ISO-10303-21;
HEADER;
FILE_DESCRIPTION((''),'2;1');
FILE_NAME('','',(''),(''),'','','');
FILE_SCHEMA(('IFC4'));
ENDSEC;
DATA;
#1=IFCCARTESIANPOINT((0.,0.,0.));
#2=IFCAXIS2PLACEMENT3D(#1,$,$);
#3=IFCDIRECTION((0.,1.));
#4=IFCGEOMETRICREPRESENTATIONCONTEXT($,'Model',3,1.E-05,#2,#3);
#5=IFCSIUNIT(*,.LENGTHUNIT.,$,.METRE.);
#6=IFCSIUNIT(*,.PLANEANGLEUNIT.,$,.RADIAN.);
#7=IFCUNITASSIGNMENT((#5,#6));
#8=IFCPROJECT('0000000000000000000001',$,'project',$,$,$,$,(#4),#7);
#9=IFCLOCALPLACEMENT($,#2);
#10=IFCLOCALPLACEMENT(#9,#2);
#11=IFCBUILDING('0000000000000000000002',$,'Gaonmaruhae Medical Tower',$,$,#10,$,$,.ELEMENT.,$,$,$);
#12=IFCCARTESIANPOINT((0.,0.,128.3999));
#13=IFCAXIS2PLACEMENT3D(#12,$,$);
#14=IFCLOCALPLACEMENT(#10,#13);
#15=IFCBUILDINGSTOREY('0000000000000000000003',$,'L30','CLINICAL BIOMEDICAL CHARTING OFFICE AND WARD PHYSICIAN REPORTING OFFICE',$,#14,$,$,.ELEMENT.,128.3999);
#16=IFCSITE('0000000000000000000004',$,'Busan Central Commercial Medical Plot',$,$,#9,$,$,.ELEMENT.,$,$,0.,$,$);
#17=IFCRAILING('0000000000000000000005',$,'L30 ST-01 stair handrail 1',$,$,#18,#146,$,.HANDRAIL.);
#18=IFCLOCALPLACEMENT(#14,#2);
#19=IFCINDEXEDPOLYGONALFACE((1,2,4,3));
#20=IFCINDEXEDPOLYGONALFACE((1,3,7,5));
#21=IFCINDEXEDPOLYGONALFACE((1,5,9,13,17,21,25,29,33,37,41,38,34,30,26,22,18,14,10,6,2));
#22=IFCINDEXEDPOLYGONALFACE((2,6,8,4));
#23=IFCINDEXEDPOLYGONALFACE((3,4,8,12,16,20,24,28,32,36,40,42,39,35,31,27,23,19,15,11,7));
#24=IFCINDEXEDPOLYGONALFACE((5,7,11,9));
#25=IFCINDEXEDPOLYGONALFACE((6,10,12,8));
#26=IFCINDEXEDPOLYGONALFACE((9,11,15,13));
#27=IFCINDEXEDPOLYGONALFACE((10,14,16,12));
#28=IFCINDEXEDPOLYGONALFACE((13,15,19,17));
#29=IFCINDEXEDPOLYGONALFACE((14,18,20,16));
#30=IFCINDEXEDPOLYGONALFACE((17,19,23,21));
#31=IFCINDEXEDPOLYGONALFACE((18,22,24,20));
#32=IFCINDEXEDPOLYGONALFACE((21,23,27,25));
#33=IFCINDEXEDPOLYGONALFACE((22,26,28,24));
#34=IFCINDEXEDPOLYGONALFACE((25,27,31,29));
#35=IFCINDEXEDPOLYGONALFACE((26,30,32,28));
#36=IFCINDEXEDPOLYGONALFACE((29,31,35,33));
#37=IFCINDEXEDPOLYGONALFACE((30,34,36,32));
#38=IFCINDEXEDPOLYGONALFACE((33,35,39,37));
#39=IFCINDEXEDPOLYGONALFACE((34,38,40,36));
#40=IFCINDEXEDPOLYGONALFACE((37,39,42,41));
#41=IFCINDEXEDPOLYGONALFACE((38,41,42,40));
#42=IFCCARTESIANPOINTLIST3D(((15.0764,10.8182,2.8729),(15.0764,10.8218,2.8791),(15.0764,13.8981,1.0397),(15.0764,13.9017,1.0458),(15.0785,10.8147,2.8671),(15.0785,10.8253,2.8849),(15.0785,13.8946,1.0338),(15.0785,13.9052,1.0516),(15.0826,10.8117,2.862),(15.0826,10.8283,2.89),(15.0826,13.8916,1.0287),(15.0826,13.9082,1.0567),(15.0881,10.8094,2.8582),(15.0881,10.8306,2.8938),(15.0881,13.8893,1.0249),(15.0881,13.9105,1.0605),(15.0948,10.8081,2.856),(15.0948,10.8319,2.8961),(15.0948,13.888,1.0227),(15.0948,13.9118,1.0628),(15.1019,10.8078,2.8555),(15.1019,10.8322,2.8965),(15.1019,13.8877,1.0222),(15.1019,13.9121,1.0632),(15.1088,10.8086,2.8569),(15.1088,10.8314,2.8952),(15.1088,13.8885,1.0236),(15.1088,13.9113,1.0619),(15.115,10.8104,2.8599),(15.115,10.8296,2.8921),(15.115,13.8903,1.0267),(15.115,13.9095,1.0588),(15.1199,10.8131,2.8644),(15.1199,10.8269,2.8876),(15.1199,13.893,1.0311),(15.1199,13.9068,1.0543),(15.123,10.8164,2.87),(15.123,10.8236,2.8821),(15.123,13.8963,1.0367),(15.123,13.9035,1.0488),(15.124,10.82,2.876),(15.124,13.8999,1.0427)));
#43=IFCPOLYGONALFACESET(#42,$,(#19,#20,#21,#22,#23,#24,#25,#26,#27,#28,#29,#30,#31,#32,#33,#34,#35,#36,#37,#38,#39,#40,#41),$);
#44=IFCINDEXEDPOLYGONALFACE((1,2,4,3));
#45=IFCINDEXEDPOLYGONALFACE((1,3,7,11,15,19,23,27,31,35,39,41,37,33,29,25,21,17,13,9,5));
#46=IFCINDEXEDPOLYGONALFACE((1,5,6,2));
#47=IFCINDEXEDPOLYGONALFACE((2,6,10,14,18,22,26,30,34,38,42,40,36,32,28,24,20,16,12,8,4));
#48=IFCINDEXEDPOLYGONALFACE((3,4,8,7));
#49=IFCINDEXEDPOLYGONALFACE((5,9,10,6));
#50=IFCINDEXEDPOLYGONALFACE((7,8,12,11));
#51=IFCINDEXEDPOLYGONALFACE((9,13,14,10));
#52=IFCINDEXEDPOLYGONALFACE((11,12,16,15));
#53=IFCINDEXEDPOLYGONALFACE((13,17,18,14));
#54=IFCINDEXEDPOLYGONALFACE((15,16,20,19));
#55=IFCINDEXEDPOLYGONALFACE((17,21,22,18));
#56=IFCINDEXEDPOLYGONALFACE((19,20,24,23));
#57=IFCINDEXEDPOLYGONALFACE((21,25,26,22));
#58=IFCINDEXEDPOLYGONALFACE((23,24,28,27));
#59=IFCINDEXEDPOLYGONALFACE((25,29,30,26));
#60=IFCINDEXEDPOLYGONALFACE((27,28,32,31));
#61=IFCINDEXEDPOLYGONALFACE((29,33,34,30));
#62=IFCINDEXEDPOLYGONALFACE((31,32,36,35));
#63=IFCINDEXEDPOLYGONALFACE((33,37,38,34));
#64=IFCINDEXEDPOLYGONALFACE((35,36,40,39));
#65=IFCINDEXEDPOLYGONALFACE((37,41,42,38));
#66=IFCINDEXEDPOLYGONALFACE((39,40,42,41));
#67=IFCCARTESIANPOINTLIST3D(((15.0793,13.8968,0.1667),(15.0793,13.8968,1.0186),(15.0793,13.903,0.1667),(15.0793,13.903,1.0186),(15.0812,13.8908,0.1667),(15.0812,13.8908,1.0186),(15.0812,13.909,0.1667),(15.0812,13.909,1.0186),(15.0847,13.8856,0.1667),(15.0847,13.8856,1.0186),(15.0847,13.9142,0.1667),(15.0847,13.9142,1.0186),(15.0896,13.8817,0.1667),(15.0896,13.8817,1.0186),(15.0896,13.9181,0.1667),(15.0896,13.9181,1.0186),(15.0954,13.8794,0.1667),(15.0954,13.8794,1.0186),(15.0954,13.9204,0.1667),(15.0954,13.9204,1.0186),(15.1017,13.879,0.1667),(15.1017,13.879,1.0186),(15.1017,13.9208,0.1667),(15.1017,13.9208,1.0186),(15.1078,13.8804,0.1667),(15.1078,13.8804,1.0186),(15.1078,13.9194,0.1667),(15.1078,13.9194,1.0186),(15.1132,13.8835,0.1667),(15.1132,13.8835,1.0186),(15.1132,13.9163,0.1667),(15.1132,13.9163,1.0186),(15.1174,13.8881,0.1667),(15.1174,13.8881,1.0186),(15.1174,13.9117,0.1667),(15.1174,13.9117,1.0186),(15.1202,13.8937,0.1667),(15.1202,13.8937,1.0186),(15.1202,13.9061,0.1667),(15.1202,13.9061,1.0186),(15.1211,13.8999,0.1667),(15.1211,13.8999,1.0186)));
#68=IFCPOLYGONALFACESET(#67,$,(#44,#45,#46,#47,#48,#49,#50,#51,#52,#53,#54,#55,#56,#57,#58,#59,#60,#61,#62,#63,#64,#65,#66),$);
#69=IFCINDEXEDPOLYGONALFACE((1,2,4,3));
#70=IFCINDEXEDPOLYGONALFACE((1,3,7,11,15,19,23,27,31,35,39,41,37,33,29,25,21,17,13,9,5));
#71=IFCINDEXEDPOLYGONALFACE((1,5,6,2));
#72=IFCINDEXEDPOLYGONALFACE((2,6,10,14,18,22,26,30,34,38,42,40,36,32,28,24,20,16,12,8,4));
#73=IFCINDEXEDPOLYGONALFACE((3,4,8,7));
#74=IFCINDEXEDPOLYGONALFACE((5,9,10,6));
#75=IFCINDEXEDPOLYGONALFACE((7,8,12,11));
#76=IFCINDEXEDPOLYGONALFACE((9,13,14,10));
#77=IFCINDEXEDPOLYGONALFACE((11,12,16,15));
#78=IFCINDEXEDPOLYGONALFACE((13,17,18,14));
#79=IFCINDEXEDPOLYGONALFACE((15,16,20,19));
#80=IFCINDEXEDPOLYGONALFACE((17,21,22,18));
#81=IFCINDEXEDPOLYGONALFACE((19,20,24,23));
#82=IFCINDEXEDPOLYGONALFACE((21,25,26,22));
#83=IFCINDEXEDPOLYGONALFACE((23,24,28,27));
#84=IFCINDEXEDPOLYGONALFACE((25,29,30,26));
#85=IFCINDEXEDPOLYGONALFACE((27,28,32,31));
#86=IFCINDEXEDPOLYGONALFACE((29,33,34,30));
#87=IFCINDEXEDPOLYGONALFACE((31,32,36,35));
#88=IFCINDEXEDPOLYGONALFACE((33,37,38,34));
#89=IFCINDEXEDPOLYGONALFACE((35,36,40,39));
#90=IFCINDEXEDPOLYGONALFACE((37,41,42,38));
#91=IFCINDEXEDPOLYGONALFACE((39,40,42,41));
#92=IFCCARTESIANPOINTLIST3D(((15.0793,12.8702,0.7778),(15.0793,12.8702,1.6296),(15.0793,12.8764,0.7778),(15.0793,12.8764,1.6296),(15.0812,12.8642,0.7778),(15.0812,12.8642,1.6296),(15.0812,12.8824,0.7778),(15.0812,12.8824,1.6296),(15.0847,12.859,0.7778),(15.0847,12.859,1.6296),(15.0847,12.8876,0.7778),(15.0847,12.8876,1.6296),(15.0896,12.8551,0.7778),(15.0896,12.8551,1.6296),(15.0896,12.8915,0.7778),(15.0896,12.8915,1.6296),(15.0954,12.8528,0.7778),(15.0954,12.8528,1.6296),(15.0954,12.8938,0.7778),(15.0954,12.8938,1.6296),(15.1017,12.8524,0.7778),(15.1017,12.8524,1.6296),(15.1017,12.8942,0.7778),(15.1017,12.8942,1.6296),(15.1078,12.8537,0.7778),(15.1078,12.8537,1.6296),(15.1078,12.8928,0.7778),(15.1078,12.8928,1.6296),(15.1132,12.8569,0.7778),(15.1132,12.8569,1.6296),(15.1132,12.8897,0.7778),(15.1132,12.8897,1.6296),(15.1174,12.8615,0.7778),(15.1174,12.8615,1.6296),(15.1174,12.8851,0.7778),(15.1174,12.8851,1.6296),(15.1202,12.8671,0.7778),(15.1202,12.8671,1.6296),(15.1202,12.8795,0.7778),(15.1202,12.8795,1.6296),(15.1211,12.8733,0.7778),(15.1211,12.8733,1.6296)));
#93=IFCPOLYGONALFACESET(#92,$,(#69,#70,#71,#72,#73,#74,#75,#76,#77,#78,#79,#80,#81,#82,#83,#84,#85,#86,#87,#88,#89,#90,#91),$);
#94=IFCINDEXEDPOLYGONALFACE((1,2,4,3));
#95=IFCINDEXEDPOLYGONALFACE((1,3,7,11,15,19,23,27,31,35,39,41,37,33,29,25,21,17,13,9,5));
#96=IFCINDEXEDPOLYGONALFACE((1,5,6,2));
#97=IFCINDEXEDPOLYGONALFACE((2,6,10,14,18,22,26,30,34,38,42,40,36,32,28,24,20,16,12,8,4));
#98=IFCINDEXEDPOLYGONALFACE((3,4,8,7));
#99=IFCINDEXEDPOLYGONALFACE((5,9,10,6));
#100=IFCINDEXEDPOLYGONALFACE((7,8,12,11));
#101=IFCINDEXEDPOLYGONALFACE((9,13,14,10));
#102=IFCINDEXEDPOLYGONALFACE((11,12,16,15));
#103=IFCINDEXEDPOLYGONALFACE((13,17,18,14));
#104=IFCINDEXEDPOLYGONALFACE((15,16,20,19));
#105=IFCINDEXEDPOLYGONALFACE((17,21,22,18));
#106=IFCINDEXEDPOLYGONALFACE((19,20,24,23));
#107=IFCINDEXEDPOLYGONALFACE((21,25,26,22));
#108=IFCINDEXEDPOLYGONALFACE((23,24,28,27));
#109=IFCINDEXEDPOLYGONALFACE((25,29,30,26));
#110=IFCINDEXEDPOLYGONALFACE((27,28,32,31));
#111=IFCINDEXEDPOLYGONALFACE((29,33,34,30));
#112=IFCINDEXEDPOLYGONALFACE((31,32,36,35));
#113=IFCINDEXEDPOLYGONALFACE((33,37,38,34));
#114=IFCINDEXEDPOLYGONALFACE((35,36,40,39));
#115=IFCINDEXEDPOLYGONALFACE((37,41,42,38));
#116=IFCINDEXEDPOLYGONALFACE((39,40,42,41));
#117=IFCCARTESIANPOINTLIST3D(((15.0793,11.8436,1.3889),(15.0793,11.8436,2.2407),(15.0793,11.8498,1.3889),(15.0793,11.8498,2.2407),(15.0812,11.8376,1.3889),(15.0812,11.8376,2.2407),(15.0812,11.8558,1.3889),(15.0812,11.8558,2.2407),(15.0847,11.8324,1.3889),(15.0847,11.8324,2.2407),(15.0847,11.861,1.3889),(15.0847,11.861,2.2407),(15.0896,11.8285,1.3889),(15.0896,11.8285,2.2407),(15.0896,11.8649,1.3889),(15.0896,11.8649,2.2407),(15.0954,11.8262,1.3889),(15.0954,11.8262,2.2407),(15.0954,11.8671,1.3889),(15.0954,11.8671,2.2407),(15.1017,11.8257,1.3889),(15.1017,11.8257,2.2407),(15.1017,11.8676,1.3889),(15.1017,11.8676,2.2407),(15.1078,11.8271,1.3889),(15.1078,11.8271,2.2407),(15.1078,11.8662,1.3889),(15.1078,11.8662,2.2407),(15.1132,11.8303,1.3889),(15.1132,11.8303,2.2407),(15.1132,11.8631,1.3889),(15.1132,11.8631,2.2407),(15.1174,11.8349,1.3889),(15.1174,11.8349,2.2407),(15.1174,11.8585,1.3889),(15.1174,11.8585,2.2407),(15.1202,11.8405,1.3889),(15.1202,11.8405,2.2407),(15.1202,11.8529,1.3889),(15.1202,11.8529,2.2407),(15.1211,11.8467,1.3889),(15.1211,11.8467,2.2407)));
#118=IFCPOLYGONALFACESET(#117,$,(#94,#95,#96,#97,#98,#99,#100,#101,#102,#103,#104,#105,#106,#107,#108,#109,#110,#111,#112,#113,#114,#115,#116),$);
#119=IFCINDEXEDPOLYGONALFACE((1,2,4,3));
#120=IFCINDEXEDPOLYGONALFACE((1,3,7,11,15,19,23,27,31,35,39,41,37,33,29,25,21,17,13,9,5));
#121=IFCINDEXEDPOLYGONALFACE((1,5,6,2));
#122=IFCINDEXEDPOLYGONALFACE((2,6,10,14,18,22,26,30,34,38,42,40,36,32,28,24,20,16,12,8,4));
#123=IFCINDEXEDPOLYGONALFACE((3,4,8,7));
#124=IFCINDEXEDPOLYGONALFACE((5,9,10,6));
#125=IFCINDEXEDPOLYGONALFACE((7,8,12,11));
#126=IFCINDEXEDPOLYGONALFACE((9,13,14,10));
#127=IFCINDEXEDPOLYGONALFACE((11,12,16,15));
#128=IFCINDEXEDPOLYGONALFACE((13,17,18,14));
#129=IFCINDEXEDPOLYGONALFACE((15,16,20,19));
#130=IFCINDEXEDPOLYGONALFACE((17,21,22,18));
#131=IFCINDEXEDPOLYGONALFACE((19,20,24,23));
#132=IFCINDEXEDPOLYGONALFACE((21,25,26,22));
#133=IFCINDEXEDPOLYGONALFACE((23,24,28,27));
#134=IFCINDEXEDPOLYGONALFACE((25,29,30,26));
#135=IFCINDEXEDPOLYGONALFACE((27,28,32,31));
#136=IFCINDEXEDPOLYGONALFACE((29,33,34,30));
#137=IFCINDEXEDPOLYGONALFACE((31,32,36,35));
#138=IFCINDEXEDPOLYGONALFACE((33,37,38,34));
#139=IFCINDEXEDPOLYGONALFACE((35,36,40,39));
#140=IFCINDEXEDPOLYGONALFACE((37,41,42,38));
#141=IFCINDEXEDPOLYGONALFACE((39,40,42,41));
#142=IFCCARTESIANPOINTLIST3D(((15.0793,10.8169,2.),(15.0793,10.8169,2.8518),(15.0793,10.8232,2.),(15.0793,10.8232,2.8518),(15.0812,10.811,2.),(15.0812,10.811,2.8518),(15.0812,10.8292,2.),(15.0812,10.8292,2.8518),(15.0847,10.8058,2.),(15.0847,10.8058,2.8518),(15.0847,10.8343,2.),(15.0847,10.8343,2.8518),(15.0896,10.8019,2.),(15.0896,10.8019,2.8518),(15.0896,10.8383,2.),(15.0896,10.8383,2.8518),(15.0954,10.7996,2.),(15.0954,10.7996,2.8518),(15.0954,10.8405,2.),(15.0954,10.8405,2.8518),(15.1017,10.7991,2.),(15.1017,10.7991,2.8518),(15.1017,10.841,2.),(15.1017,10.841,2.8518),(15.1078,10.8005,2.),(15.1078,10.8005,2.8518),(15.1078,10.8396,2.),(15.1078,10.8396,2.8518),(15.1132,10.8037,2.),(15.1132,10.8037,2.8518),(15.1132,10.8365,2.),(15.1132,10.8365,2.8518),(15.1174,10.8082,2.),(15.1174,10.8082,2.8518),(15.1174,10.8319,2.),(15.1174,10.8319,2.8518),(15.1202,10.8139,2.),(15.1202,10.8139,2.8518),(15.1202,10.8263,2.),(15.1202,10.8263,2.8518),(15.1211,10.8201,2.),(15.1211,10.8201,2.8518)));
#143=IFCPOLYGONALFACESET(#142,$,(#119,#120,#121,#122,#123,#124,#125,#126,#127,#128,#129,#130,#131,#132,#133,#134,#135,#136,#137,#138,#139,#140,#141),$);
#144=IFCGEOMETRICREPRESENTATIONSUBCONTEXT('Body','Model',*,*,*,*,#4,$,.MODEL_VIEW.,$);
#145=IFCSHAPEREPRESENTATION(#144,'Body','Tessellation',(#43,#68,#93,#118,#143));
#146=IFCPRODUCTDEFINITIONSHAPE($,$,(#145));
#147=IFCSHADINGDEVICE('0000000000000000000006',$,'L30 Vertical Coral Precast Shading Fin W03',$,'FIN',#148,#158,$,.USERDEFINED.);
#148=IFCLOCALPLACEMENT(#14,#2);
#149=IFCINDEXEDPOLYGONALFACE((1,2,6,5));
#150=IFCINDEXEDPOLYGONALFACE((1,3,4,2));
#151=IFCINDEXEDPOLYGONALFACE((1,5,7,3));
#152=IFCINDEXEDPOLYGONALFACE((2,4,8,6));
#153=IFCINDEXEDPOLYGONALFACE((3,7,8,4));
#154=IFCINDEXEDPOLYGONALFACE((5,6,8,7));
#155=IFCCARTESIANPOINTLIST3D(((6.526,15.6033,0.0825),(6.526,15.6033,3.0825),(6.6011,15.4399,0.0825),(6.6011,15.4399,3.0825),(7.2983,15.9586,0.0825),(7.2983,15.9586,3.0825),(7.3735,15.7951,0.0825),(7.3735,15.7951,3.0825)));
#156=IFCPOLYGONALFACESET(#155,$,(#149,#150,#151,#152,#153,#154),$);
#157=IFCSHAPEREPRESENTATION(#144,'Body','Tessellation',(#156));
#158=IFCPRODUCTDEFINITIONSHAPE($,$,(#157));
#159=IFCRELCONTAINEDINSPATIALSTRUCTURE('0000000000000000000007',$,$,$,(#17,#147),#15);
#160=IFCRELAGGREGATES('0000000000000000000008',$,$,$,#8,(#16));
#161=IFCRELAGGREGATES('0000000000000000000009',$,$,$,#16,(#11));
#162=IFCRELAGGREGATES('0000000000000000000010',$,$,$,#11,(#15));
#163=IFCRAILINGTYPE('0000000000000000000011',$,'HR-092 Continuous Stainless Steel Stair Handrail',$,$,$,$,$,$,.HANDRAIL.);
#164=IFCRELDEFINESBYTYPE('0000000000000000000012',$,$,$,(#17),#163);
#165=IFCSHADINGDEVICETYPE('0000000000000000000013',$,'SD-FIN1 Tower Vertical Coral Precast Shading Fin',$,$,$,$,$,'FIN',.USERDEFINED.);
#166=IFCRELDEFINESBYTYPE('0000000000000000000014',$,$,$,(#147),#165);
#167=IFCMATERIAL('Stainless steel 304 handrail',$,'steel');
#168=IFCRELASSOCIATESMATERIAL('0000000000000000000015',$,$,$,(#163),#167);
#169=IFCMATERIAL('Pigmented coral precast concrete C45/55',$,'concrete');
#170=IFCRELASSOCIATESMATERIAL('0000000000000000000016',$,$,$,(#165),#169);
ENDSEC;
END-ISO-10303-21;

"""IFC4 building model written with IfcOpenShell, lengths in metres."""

from ifc_helpers import new_model, si_unit, direction, frame, origin, origin_2d, place, context, subcontext, project, spatial, rectangle, circle, extrude, material, type_object, element, save


model = new_model("IFC4")

# Units and contexts
model_context = context("Model", 3, precision=1e-05, world=origin(), true_north=direction((0.0, 1.0)))
body_context = subcontext(model_context, "Body", "Model", "MODEL_VIEW")
ifc_project = project(units=[si_unit("LENGTHUNIT", "METRE"), si_unit("PLANEANGLEUNIT", "RADIAN")], contexts=[model_context])

# Site, building, storey
site_placement = place(None, origin())
site = spatial("IfcSite", under=ifc_project, at=site_placement, Name="Busan Central Commercial Medical Plot", CompositionType="ELEMENT", RefElevation=0.0)
building_placement = place(site_placement, origin())
building = spatial("IfcBuilding", under=site, at=building_placement, Name="Gaonmaruhae Medical Tower", CompositionType="ELEMENT")
storey_placement = place(building_placement, frame((0.0, 0.0, 128.3999)))
storey = spatial("IfcBuildingStorey", under=building, at=storey_placement, Name="L30", Description="CLINICAL BIOMEDICAL CHARTING OFFICE AND WARD PHYSICIAN REPORTING OFFICE", CompositionType="ELEMENT", Elevation=128.3999)

# Railing
ifc_material_1 = material(Name="Stainless steel 304 handrail", Category="steel")
railing_type_1 = type_object("IfcRailingType", Name="HR-092 Continuous Stainless Steel Stair Handrail", PredefinedType="HANDRAIL", material=ifc_material_1)
railing_1_placement = place(storey_placement, frame((15.1001, 13.8999, 0.1667)))
element("IfcRailing", 1, at=railing_1_placement, inside=storey, type_object=railing_type_1, Name="L30 ST-01 stair handrail 1", PredefinedType="HANDRAIL", context=body_context, shape_type="SweptSolid", body=[
    extrude(circle(Radius=0.0239, at=origin_2d()), frame((0.0, 0.0, 0.876), z_axis=(0.0, -0.859291, 0.511487), x_axis=(1.0, 0.0, 0.0)), (0.0, 0.0, 1.0), 3.5842),
    extrude(circle(Radius=0.021, at=origin_2d()), origin(), (0.0, 0.0, 1.0), 0.8518),
    extrude(circle(Radius=0.021, at=origin_2d()), frame((0.0, -1.0266, 0.6111)), (0.0, 0.0, 1.0), 0.8518),
    extrude(circle(Radius=0.021, at=origin_2d()), frame((0.0, -2.0532, 1.2222)), (0.0, 0.0, 1.0), 0.8518),
    extrude(circle(Radius=0.021, at=origin_2d()), frame((0.0, -3.0798, 1.8333)), (0.0, 0.0, 1.0), 0.8518),
])

# Shading device
ifc_material_2 = material(Name="Pigmented coral precast concrete C45/55", Category="concrete")
shading_device_type = type_object("IfcShadingDeviceType", Name="SD-FIN1 Tower Vertical Coral Precast Shading Fin", ElementType="FIN", PredefinedType="USERDEFINED", material=ifc_material_2)
shading_device_placement = place(storey_placement, frame((6.9497, 15.6992, 0.0825), z_axis=(0.0, 0.0, 1.0), x_axis=(-0.417883, 0.908501, 0.0)))
element("IfcShadingDevice", 2, at=shading_device_placement, inside=storey, type_object=shading_device_type, Name="L30 Vertical Coral Precast Shading Fin W03", ObjectType="FIN", PredefinedType="USERDEFINED", context=body_context, shape_type="SweptSolid", body=[
    extrude(rectangle(XDim=0.1799, YDim=0.8501, at=origin_2d()), origin(), (0.0, 0.0, 1.0), 3.0),
])

save(model, "model.ifc")
